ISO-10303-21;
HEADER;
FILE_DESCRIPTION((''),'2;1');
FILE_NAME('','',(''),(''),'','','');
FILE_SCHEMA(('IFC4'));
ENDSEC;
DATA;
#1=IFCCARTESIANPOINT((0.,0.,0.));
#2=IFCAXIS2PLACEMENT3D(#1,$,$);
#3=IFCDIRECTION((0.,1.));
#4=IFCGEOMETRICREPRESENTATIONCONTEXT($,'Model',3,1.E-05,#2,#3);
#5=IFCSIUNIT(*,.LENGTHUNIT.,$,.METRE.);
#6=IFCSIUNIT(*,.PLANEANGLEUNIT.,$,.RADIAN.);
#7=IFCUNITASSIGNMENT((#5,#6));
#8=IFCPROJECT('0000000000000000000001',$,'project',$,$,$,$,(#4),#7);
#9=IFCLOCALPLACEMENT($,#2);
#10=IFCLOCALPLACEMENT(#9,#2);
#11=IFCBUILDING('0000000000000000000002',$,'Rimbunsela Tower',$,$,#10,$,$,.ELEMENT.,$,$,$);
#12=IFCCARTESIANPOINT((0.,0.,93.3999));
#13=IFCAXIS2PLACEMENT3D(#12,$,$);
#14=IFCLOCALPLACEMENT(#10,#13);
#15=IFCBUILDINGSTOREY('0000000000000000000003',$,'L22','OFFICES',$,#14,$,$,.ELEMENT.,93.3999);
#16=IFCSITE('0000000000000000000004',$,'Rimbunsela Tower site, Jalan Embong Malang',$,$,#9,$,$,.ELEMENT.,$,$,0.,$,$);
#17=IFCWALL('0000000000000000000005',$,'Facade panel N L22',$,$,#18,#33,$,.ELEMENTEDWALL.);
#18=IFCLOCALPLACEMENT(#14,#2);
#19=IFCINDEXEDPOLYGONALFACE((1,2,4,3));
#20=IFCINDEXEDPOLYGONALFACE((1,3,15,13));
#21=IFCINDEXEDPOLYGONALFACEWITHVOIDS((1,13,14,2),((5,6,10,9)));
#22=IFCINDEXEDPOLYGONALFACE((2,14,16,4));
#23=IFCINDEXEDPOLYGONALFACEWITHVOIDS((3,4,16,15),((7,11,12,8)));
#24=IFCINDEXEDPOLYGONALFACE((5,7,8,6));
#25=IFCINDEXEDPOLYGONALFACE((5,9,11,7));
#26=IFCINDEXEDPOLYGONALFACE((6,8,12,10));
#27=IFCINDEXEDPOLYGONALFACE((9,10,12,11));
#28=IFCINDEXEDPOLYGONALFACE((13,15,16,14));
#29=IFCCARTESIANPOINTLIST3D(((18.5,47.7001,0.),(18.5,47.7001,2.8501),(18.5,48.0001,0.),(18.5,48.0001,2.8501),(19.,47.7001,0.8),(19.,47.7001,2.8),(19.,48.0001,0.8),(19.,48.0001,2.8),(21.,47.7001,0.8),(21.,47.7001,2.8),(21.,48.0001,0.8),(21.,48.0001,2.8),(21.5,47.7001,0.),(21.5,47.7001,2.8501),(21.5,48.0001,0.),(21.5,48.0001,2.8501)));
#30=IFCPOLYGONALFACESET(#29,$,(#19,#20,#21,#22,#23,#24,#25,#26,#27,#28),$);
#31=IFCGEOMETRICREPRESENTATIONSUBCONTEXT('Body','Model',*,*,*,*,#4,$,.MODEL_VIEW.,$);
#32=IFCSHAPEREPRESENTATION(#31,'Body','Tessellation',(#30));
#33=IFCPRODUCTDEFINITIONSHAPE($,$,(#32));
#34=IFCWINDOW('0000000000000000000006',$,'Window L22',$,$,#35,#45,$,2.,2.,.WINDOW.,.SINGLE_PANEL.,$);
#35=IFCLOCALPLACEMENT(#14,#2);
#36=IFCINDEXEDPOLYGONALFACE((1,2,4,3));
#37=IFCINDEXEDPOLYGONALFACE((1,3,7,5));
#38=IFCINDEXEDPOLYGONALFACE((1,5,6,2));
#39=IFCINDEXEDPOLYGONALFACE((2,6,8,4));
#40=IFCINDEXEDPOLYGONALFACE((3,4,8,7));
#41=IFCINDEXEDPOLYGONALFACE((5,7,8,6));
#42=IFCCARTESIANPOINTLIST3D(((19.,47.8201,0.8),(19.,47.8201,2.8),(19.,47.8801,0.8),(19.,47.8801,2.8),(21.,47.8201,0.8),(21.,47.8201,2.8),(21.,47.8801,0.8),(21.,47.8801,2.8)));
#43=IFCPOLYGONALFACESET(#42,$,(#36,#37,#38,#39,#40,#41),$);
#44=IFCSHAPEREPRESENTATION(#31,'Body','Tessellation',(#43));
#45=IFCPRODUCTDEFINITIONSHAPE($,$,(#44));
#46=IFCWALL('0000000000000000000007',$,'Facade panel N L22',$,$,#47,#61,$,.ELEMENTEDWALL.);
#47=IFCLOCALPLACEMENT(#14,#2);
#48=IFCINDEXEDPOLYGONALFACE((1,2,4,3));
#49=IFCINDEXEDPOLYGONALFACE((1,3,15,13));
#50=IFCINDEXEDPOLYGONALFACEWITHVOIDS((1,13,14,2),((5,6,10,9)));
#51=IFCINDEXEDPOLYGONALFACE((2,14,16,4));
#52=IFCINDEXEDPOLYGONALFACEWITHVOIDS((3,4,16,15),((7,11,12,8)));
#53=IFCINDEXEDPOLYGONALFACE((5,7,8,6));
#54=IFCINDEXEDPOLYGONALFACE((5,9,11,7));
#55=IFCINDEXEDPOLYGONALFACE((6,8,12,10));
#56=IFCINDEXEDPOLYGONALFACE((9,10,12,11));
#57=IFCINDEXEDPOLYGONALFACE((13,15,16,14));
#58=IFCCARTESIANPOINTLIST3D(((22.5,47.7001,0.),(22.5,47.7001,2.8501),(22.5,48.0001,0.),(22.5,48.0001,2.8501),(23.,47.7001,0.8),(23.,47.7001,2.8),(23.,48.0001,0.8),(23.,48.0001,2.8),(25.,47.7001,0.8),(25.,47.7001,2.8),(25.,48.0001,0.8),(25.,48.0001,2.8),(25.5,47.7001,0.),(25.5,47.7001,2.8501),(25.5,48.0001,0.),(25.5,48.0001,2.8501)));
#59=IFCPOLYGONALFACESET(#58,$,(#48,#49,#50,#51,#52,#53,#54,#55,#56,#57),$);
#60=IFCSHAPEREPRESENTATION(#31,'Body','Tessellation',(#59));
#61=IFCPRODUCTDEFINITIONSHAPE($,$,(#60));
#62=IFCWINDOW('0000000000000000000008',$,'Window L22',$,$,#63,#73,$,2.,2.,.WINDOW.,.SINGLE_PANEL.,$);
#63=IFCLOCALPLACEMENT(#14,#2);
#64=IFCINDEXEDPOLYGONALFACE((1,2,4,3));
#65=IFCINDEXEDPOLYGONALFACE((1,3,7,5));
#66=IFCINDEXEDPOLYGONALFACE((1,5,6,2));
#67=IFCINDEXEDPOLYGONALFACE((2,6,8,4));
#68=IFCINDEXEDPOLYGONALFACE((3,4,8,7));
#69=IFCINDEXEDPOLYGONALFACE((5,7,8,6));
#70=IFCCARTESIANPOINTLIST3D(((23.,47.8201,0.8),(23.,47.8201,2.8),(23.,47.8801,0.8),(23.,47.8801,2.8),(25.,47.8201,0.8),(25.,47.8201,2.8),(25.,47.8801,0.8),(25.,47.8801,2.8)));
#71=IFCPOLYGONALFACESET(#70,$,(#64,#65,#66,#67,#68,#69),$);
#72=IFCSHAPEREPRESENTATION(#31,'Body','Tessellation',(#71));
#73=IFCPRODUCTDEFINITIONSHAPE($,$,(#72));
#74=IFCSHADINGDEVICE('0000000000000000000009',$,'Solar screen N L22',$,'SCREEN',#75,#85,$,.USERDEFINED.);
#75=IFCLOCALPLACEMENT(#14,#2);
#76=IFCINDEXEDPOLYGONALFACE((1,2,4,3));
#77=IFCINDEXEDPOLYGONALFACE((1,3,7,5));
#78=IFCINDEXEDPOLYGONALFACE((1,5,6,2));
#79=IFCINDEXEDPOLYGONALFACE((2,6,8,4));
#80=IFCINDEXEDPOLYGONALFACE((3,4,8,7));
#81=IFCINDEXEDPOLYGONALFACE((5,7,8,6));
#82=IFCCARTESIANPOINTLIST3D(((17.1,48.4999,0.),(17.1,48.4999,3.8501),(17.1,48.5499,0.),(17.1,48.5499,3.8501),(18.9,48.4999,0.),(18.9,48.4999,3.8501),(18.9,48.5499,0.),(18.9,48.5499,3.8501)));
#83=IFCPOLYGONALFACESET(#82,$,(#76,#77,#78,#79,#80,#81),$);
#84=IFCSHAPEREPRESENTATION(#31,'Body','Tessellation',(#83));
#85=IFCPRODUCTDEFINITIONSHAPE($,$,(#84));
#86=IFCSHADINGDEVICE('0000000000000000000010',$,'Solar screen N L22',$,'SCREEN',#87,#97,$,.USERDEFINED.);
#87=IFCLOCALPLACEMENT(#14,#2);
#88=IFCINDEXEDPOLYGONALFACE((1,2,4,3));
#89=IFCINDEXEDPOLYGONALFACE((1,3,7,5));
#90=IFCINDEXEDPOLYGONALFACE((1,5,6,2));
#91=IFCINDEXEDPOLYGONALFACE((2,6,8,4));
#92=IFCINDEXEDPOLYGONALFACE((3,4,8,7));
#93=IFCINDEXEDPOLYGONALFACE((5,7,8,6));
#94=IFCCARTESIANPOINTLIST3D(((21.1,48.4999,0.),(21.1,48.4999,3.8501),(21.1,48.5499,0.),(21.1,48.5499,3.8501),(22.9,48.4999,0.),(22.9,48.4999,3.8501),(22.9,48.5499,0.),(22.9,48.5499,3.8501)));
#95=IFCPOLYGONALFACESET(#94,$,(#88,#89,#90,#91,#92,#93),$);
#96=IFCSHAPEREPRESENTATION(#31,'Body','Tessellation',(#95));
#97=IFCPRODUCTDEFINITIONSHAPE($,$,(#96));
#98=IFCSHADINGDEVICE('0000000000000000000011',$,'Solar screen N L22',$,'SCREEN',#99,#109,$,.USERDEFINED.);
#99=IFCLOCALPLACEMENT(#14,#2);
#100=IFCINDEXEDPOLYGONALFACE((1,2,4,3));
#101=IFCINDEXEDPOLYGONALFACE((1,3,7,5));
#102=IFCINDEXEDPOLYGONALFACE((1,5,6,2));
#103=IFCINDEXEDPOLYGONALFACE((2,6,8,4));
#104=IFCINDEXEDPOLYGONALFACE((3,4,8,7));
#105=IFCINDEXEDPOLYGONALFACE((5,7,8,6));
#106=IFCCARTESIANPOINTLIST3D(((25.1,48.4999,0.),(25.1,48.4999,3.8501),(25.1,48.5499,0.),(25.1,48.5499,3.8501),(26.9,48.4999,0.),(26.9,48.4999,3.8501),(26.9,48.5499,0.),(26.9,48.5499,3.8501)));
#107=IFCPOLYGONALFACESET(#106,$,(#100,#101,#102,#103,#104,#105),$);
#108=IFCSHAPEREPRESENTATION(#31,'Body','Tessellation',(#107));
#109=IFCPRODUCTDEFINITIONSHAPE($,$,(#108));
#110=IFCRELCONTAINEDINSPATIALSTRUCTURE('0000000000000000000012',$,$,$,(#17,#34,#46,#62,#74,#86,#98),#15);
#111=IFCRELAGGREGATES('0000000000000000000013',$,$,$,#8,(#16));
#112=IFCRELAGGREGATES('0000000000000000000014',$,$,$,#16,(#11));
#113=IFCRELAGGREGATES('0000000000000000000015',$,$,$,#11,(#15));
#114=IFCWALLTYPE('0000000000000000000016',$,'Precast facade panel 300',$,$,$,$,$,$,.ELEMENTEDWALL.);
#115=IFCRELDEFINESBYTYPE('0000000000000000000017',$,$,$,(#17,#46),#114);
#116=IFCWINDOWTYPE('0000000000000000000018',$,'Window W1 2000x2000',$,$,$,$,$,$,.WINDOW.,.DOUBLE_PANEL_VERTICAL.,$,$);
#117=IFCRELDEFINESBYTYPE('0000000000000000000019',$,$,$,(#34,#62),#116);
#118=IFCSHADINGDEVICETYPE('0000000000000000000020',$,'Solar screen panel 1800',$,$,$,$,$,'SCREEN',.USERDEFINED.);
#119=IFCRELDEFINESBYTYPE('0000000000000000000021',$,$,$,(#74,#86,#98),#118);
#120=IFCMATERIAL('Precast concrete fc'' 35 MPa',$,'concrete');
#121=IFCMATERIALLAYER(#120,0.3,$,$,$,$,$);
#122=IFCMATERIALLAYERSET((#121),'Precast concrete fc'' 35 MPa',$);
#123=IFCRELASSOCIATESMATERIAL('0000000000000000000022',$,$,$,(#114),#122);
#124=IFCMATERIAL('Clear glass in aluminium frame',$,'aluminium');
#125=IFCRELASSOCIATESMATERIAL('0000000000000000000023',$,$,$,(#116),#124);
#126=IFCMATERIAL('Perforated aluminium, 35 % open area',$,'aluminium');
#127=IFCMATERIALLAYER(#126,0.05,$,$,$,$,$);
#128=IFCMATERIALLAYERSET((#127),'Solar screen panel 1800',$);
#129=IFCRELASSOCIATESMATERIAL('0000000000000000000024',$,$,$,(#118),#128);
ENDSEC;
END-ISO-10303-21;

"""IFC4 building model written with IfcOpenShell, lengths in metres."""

from ifc_helpers import new_model, si_unit, direction, frame, frame_2d, origin, origin_2d, place, context, subcontext, project, spatial, rectangle, extrude, material, layer, layer_set, type_object, element, fill, save


model = new_model("IFC4")

# Units and contexts
model_context = context("Model", 3, precision=1e-05, world=origin(), true_north=direction((0.0, 1.0)))
body_context = subcontext(model_context, "Body", "Model", "MODEL_VIEW")
ifc_project = project(units=[si_unit("LENGTHUNIT", "METRE"), si_unit("PLANEANGLEUNIT", "RADIAN")], contexts=[model_context])

# Site, building, storey
site_placement = place(None, origin())
site = spatial("IfcSite", under=ifc_project, at=site_placement, Name="Rimbunsela Tower site, Jalan Embong Malang", CompositionType="ELEMENT", RefElevation=0.0)
building_placement = place(site_placement, origin())
building = spatial("IfcBuilding", under=site, at=building_placement, Name="Rimbunsela Tower", CompositionType="ELEMENT")
storey_placement = place(building_placement, frame((0.0, 0.0, 93.3999)))
storey = spatial("IfcBuildingStorey", under=building, at=storey_placement, Name="L22", Description="OFFICES", CompositionType="ELEMENT", Elevation=93.3999)

# Walls, openings, windows
ifc_material_1 = material(Name="Precast concrete fc' 35 MPa", Category="concrete")
ifc_layer_1 = layer(ifc_material_1, 0.3)
ifc_layer_set_1 = layer_set([ifc_layer_1], Name="Precast concrete fc' 35 MPa")
wall_type = type_object("IfcWallType", Name="Precast facade panel 300", PredefinedType="ELEMENTEDWALL", material=ifc_layer_set_1)
ifc_material_2 = material(Name="Clear glass in aluminium frame", Category="aluminium")
window_type = type_object("IfcWindowType", Name="Window W1 2000x2000", PartitioningType="DOUBLE_PANEL_VERTICAL", PredefinedType="WINDOW", material=ifc_material_2)
wall_1_placement = place(storey_placement, frame((21.5, 47.8501, 0.0), z_axis=(0.0, 0.0, 1.0), x_axis=(-1.0, 0.0, 0.0)))
wall_1 = element("IfcWall", 1, at=wall_1_placement, inside=storey, type_object=wall_type, Name="Facade panel N L22", PredefinedType="ELEMENTEDWALL", context=body_context, shape_type="SweptSolid", body=[
    extrude(rectangle(XDim=3.0, YDim=0.3, at=frame_2d((1.5, 0.0))), origin(), (0.0, 0.0, 1.0), 2.8501),
])
opening_1_placement = place(wall_1_placement, frame((0.5, 0.0, 0.8)))
opening_1 = element("IfcOpeningElement", 2, at=opening_1_placement, cuts=wall_1, PredefinedType="OPENING", context=body_context, shape_type="SweptSolid", body=[
    extrude(rectangle(XDim=2.0, YDim=2.0, at=frame_2d((1.0, 1.0))), frame((0.0, 0.1599, 0.0), z_axis=(0.0, -1.0, 0.0), x_axis=(1.0, 0.0, 0.0)), (0.0, 0.0, 1.0), 0.3201),
])
window_1_placement = place(opening_1_placement, origin())
window_1 = element("IfcWindow", 3, at=window_1_placement, inside=storey, type_object=window_type, Name="Window L22", OverallHeight=2.0, OverallWidth=2.0, PartitioningType="SINGLE_PANEL", PredefinedType="WINDOW", context=body_context, shape_type="SweptSolid", body=[
    extrude(rectangle(XDim=2.0, YDim=2.0, at=frame_2d((1.0, 1.0))), frame((0.0, 0.03, 0.0), z_axis=(0.0, -1.0, 0.0), x_axis=(1.0, 0.0, 0.0)), (0.0, 0.0, 1.0), 0.0601),
])
fill(opening_1, window_1)
wall_2_placement = place(storey_placement, frame((25.5, 47.8501, 0.0), z_axis=(0.0, 0.0, 1.0), x_axis=(-1.0, 0.0, 0.0)))
wall_2 = element("IfcWall", 4, at=wall_2_placement, inside=storey, type_object=wall_type, Name="Facade panel N L22", PredefinedType="ELEMENTEDWALL", context=body_context, shape_type="SweptSolid", body=[
    extrude(rectangle(XDim=3.0, YDim=0.3, at=frame_2d((1.5, 0.0))), origin(), (0.0, 0.0, 1.0), 2.8501),
])
opening_2_placement = place(wall_2_placement, frame((0.5, 0.0, 0.8)))
opening_2 = element("IfcOpeningElement", 5, at=opening_2_placement, cuts=wall_2, PredefinedType="OPENING", context=body_context, shape_type="SweptSolid", body=[
    extrude(rectangle(XDim=2.0, YDim=2.0, at=frame_2d((1.0, 1.0))), frame((0.0, 0.1599, 0.0), z_axis=(0.0, -1.0, 0.0), x_axis=(1.0, 0.0, 0.0)), (0.0, 0.0, 1.0), 0.3201),
])
window_2_placement = place(opening_2_placement, origin())
window_2 = element("IfcWindow", 6, at=window_2_placement, inside=storey, type_object=window_type, Name="Window L22", OverallHeight=2.0, OverallWidth=2.0, PartitioningType="SINGLE_PANEL", PredefinedType="WINDOW", context=body_context, shape_type="SweptSolid", body=[
    extrude(rectangle(XDim=2.0, YDim=2.0, at=frame_2d((1.0, 1.0))), frame((0.0, 0.03, 0.0), z_axis=(0.0, -1.0, 0.0), x_axis=(1.0, 0.0, 0.0)), (0.0, 0.0, 1.0), 0.0601),
])
fill(opening_2, window_2)

# Shading devices
ifc_material_3 = material(Name="Perforated aluminium, 35 % open area", Category="aluminium")
ifc_layer_2 = layer(ifc_material_3, 0.05)
ifc_layer_set_2 = layer_set([ifc_layer_2], Name="Solar screen panel 1800")
shading_device_type = type_object("IfcShadingDeviceType", Name="Solar screen panel 1800", ElementType="SCREEN", PredefinedType="USERDEFINED", material=ifc_layer_set_2)
for number, where, z_axis, x_axis, name in (
    (7, (18.0, 48.5249, 0.0), (0.0, 0.0, 1.0), (1.0, 0.0, 0.0), "Solar screen N L22"),
    (8, (22.0, 48.5249, 0.0), (0.0, 0.0, 1.0), (1.0, 0.0, 0.0), "Solar screen N L22"),
    (9, (26.0, 48.5249, 0.0), (0.0, 0.0, 1.0), (1.0, 0.0, 0.0), "Solar screen N L22"),
):
    element("IfcShadingDevice", number, at=place(storey_placement, frame(where, z_axis=z_axis, x_axis=x_axis)), inside=storey, type_object=shading_device_type, Name=name, ObjectType="SCREEN", PredefinedType="USERDEFINED", context=body_context, shape_type="SweptSolid", body=[
        extrude(rectangle(XDim=1.8, YDim=0.05, at=origin_2d()), origin(), (0.0, 0.0, 1.0), 3.8501),
    ])

save(model, "model.ifc")
